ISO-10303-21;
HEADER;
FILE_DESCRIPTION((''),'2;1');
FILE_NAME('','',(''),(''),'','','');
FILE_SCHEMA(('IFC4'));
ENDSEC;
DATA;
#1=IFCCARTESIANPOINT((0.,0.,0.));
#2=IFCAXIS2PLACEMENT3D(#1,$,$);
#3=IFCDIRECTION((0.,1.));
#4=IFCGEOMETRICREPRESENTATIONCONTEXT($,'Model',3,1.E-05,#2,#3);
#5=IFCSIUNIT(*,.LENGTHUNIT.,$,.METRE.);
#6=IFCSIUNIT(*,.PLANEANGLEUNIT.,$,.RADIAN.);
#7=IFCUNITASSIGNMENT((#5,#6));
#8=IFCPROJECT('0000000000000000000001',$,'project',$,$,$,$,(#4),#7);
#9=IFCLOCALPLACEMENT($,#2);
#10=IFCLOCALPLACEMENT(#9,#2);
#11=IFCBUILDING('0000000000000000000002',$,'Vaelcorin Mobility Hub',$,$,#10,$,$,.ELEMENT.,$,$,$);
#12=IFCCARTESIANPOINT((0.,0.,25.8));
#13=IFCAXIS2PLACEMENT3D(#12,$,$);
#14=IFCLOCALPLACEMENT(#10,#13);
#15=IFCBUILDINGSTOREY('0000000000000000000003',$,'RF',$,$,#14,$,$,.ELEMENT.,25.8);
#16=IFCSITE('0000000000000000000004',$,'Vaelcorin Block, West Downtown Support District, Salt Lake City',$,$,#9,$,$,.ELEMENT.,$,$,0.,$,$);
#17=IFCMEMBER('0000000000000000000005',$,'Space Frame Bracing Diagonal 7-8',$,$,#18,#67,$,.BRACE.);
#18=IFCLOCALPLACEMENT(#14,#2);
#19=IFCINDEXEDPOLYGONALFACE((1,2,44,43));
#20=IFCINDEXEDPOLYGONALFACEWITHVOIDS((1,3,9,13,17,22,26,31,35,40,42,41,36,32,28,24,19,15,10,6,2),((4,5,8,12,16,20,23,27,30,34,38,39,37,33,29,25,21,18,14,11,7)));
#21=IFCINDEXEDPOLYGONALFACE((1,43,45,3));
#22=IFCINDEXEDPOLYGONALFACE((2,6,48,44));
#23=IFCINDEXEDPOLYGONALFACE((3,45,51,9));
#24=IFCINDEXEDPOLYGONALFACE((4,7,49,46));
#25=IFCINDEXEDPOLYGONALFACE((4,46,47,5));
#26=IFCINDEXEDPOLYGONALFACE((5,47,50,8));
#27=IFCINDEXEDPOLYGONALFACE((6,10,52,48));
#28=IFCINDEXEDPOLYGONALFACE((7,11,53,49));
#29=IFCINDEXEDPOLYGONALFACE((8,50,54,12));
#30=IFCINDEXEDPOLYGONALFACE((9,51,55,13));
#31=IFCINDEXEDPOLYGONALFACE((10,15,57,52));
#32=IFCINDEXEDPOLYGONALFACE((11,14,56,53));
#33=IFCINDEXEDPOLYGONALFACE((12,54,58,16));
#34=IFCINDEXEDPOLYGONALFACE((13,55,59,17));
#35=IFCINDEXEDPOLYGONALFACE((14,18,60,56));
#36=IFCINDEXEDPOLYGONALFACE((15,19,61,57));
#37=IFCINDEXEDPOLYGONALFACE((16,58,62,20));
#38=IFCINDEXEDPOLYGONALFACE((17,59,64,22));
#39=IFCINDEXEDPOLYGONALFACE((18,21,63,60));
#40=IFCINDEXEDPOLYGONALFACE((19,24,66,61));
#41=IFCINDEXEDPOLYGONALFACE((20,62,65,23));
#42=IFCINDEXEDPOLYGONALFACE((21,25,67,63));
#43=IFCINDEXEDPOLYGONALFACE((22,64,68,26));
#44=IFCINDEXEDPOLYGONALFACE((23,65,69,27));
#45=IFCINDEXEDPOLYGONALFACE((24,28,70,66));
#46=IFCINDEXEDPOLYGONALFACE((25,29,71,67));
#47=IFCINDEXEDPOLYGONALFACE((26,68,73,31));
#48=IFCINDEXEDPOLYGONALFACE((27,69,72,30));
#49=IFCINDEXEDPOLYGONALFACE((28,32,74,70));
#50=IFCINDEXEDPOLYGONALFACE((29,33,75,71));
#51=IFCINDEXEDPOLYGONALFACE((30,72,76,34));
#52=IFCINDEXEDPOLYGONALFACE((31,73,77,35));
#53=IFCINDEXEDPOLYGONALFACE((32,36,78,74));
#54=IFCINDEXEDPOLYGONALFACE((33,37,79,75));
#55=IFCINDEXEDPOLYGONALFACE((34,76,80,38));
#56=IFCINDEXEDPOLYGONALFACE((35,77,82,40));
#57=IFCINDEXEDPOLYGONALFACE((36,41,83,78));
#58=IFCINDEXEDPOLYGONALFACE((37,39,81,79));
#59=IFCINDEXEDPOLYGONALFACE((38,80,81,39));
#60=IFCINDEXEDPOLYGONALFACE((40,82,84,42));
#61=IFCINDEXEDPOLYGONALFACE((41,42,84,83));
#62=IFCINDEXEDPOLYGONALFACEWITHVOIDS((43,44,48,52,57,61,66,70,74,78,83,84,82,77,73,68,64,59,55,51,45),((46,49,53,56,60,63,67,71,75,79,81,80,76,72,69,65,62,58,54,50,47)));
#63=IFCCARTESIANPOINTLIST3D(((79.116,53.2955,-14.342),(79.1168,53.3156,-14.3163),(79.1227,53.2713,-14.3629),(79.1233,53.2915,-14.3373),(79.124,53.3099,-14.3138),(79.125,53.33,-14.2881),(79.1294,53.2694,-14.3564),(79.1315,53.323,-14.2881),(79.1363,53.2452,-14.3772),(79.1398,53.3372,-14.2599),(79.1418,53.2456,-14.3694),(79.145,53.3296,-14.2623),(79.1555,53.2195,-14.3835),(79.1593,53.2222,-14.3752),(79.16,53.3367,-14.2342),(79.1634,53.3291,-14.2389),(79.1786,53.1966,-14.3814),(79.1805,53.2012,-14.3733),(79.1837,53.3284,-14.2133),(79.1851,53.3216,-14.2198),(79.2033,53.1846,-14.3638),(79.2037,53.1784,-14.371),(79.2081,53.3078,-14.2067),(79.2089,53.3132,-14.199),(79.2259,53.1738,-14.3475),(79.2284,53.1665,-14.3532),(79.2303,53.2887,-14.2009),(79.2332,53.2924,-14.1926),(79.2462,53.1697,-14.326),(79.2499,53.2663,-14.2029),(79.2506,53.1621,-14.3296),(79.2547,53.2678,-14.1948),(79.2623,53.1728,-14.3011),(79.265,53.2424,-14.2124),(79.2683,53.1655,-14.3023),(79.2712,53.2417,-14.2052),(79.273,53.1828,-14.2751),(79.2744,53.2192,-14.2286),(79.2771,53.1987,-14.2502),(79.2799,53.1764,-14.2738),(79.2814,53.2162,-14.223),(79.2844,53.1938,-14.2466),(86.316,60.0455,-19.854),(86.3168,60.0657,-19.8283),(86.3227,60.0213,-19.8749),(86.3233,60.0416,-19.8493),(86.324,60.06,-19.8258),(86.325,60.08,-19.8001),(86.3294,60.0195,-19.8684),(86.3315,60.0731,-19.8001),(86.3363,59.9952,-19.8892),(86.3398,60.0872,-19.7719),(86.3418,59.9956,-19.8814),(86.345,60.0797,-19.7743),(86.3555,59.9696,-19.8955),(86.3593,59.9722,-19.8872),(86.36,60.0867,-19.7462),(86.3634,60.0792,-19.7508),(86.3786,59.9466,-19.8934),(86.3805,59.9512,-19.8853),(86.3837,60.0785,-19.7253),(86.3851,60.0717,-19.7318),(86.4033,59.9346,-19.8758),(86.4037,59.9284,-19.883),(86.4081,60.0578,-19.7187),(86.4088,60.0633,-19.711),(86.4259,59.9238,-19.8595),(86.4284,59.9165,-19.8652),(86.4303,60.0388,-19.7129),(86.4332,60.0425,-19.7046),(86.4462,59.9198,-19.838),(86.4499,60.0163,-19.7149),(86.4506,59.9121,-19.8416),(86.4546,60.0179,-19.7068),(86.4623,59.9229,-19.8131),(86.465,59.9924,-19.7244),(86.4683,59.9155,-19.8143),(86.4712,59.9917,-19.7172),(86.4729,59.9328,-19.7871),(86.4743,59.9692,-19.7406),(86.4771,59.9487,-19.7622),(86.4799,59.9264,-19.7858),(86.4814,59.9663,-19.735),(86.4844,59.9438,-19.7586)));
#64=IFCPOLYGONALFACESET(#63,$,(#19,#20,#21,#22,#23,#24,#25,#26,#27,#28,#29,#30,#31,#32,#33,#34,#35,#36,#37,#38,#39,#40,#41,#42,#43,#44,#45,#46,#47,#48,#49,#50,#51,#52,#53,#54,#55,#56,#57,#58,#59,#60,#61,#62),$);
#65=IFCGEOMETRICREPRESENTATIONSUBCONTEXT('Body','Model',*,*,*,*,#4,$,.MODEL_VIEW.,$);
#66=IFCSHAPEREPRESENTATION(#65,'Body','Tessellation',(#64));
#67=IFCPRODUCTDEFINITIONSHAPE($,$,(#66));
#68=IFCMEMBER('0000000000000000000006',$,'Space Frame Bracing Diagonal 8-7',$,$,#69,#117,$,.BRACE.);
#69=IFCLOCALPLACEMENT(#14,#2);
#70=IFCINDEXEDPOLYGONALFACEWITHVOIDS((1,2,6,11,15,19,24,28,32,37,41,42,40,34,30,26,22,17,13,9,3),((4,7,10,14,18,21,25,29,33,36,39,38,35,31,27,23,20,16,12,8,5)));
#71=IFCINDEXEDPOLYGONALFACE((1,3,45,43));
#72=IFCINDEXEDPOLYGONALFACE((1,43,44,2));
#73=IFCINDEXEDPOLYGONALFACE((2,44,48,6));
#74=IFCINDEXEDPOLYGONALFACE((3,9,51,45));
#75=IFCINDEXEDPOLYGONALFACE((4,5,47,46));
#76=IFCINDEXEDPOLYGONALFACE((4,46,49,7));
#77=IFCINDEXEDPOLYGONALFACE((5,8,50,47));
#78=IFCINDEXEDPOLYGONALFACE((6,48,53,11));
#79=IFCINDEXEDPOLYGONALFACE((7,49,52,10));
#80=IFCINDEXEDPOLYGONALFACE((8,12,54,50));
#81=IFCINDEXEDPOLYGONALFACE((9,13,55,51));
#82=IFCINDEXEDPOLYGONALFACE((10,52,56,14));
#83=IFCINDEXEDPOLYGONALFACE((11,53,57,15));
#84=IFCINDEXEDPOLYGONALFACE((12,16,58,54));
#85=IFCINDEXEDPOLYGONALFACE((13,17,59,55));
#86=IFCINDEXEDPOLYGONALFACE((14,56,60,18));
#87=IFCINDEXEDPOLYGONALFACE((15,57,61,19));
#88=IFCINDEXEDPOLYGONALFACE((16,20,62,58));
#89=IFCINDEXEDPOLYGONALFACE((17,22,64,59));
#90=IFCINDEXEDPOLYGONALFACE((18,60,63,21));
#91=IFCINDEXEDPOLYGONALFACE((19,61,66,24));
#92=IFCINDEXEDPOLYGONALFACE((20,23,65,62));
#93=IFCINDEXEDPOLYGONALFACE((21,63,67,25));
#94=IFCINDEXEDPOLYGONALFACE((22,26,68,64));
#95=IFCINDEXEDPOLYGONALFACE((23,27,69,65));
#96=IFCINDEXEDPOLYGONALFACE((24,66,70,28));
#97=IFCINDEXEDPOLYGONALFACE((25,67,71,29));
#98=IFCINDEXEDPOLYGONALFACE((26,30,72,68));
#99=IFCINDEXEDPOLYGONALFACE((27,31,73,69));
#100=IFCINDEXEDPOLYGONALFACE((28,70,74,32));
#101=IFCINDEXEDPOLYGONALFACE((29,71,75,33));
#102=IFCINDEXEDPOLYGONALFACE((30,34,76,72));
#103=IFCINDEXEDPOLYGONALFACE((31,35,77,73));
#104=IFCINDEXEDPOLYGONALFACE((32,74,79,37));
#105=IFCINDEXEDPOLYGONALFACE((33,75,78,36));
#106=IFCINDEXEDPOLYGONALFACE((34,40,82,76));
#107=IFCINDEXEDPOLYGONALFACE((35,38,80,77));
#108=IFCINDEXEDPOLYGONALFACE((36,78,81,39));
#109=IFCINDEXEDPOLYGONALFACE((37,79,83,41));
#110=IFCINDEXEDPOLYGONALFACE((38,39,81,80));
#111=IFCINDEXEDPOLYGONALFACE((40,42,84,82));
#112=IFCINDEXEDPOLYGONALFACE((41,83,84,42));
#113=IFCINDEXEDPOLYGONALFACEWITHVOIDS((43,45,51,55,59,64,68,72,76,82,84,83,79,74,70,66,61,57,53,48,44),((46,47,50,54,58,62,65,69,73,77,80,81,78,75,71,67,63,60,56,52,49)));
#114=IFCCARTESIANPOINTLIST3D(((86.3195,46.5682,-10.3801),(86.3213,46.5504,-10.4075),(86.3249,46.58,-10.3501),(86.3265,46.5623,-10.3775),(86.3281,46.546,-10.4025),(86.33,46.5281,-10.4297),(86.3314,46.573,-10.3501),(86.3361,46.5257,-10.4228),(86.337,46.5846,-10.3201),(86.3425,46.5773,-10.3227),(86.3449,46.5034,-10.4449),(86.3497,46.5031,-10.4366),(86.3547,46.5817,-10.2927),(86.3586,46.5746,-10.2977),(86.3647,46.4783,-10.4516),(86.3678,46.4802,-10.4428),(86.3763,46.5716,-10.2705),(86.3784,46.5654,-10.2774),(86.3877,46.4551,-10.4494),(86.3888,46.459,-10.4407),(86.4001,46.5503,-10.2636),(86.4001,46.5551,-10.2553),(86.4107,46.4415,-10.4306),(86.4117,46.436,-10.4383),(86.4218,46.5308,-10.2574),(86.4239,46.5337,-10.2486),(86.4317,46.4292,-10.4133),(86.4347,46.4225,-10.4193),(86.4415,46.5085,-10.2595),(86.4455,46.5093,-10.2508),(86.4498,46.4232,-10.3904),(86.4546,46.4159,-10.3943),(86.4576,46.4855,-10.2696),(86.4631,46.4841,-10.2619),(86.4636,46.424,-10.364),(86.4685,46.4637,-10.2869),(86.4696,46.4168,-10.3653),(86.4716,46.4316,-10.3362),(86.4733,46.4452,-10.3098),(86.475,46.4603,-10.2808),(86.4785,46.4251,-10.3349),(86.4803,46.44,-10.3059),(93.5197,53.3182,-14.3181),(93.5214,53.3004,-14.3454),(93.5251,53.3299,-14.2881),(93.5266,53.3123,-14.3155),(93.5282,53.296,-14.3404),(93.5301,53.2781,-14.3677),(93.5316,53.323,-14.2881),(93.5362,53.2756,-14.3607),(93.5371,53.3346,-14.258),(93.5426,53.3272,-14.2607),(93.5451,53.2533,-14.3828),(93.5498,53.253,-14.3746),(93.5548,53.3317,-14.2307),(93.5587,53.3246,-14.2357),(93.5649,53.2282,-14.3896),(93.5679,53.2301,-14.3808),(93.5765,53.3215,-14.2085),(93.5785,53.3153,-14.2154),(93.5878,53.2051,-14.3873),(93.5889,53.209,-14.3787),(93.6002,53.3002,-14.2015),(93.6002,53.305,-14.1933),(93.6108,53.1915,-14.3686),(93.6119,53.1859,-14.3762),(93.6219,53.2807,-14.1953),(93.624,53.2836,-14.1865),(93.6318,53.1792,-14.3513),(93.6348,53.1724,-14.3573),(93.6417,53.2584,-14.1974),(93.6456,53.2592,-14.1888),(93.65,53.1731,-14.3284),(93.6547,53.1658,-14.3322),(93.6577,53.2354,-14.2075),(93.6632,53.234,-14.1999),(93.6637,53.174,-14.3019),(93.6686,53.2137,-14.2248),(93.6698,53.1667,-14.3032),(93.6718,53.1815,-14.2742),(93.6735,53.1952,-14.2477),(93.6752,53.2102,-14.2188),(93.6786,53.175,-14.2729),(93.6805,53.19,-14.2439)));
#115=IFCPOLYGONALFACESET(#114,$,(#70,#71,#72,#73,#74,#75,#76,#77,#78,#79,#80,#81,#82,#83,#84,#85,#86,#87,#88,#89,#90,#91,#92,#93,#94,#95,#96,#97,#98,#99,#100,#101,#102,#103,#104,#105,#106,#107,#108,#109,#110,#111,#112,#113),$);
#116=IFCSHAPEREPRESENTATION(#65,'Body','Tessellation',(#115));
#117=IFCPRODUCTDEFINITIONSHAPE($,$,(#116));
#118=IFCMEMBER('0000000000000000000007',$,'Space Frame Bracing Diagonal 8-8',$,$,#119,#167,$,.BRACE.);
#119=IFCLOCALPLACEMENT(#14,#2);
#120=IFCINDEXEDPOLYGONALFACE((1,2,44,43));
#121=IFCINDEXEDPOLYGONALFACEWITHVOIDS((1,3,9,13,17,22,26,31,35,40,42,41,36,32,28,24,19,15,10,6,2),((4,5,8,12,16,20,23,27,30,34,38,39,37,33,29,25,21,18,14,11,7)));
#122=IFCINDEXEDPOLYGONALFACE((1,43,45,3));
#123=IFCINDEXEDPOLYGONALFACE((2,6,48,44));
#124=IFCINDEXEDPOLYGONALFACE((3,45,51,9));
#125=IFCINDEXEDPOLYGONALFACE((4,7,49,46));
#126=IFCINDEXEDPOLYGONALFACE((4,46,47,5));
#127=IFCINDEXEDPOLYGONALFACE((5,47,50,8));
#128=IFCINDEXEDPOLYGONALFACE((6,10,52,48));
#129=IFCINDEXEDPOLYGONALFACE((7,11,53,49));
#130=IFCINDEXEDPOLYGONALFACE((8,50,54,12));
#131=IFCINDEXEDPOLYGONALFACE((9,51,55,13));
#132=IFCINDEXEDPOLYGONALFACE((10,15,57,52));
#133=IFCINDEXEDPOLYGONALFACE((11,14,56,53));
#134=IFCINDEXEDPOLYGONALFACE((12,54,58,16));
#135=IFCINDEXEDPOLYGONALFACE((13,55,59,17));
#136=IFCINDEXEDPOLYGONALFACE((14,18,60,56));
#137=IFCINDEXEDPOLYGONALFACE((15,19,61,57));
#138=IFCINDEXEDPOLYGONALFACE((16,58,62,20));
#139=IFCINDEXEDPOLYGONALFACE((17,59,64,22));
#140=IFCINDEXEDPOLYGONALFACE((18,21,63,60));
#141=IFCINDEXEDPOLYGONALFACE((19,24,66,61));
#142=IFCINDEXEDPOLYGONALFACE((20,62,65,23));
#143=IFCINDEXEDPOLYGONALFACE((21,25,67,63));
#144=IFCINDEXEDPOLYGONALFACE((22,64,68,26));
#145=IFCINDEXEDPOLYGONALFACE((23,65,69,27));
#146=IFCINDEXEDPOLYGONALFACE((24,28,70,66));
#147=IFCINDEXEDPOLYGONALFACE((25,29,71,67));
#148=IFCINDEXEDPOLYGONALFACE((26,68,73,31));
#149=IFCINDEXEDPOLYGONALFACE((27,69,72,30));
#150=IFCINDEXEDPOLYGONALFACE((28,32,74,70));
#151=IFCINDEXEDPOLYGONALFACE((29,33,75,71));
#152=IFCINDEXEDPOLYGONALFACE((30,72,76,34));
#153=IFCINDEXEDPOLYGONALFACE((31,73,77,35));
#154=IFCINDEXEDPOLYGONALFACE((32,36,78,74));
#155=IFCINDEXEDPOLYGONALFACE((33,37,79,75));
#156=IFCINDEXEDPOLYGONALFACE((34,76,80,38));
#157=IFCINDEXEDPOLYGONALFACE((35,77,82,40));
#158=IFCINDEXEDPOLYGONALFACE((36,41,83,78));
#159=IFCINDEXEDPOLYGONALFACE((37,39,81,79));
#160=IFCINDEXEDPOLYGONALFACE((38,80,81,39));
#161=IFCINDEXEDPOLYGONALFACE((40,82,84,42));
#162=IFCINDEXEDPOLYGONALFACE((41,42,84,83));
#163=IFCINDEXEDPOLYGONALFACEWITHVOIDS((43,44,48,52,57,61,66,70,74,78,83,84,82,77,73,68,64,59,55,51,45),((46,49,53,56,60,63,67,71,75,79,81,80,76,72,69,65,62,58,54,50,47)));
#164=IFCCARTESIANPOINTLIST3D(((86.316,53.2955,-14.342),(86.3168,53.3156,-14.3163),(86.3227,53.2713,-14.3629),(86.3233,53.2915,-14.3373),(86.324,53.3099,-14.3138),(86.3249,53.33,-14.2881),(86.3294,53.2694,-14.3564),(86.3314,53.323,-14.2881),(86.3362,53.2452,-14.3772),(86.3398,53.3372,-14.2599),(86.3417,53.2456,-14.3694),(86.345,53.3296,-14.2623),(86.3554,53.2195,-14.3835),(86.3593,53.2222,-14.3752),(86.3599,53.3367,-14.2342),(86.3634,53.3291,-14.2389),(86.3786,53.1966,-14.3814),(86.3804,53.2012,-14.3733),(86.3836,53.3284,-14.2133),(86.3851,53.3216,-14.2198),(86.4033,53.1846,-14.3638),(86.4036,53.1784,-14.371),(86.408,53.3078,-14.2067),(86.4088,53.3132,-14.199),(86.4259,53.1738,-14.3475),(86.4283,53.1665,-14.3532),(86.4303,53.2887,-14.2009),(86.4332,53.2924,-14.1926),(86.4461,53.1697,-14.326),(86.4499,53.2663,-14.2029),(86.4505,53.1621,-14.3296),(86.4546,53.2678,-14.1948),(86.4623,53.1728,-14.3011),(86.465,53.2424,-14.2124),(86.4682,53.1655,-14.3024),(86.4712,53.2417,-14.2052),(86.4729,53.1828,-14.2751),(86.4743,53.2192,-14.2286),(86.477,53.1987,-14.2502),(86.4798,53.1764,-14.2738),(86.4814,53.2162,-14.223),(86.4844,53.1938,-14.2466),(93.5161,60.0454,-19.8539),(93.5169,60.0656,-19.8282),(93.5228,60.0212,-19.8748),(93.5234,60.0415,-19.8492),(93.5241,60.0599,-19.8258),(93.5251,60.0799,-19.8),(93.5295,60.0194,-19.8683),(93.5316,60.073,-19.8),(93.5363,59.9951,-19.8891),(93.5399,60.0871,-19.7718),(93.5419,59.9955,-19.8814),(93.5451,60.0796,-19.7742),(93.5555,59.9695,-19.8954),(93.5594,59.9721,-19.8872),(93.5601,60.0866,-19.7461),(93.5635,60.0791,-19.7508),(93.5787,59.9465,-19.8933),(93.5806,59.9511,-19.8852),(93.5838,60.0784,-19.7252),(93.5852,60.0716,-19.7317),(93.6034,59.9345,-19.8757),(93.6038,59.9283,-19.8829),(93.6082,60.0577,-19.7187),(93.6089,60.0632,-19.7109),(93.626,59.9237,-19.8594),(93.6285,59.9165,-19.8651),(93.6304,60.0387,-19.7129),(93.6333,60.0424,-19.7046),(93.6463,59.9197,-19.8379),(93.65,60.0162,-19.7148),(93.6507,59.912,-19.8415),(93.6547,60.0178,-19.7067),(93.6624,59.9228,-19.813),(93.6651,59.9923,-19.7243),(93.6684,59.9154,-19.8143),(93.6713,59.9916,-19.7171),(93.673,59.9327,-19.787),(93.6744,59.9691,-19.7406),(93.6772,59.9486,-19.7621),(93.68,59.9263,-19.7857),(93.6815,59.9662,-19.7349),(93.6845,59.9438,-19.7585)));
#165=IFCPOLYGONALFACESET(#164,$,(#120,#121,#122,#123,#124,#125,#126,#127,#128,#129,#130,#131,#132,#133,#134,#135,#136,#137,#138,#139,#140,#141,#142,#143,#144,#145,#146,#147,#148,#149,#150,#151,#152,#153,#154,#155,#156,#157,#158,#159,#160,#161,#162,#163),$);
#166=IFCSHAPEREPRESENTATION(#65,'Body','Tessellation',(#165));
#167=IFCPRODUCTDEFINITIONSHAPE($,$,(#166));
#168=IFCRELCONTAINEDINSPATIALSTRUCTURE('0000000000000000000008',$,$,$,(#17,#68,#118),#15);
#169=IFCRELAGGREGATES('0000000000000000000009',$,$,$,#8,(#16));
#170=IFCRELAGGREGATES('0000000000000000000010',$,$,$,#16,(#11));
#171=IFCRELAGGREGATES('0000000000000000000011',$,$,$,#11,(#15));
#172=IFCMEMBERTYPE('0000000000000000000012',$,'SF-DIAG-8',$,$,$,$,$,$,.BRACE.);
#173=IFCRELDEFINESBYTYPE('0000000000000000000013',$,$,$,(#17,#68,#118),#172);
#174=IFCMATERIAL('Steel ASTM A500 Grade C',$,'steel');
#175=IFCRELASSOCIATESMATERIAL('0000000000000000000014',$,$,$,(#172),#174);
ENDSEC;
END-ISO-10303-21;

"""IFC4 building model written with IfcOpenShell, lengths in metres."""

from ifc_helpers import new_model, si_unit, direction, frame, origin, origin_2d, place, context, subcontext, project, spatial, hollow_circle, extrude, material, material_profile, profile_set, type_object, element, save


model = new_model("IFC4")

# Units and contexts
model_context = context("Model", 3, precision=1e-05, world=origin(), true_north=direction((0.0, 1.0)))
body_context = subcontext(model_context, "Body", "Model", "MODEL_VIEW")
ifc_project = project(units=[si_unit("LENGTHUNIT", "METRE"), si_unit("PLANEANGLEUNIT", "RADIAN")], contexts=[model_context])

# Site, building, storey
site_placement = place(None, origin())
site = spatial("IfcSite", under=ifc_project, at=site_placement, Name="Vaelcorin Block, West Downtown Support District, Salt Lake City", CompositionType="ELEMENT", RefElevation=0.0)
building_placement = place(site_placement, origin())
building = spatial("IfcBuilding", under=site, at=building_placement, Name="Vaelcorin Mobility Hub", CompositionType="ELEMENT")
storey_placement = place(building_placement, frame((0.0, 0.0, 25.8)))
storey = spatial("IfcBuildingStorey", under=building, at=storey_placement, Name="RF", CompositionType="ELEMENT", Elevation=25.8)

# Members
ifc_material_1 = material(Name="Steel ASTM A500 Grade C", Category="steel")
ifc_material_profile_1 = material_profile(ifc_material_1, hollow_circle(Radius=0.1096, WallThickness=0.0095, at=origin_2d()), Name="HSS8.625X0.375")
ifc_profile_set_1 = profile_set([ifc_material_profile_1], Name="Steel ASTM A500 Grade C")
member_type_1 = type_object("IfcMemberType", Name="SF-DIAG-8", PredefinedType="BRACE", material=ifc_profile_set_1)
member_1_placement = place(storey_placement, frame((79.2, 53.25, -14.2881), z_axis=(0.636931, 0.597126, -0.487606), x_axis=(-0.683944, 0.729535, 0.0)))
element("IfcMember", 1, at=member_1_placement, inside=storey, type_object=member_type_1, Name="Space Frame Bracing Diagonal 7-8", PredefinedType="BRACE", context=body_context, shape_type="SweptSolid", body=[
    extrude(hollow_circle(Radius=0.1096, WallThickness=0.0095, at=origin_2d()), origin(), (0.0, 0.0, 1.0), 11.3042),
])
member_2_placement = place(storey_placement, frame((86.3999, 46.5, -10.3501), z_axis=(0.677598, 0.635231, -0.370597), x_axis=(-0.683931, 0.729546, 0.0)))
element("IfcMember", 2, at=member_2_placement, inside=storey, type_object=member_type_1, Name="Space Frame Bracing Diagonal 8-7", PredefinedType="BRACE", context=body_context, shape_type="SweptSolid", body=[
    extrude(hollow_circle(Radius=0.1096, WallThickness=0.0095, at=origin_2d()), origin(), (0.0, 0.0, 1.0), 10.626),
])
member_3_placement = place(storey_placement, frame((86.3999, 53.25, -14.2881), z_axis=(0.636943, 0.597118, -0.487599), x_axis=(-0.683931, 0.729546, 0.0)))
element("IfcMember", 3, at=member_3_placement, inside=storey, type_object=member_type_1, Name="Space Frame Bracing Diagonal 8-8", PredefinedType="BRACE", context=body_context, shape_type="SweptSolid", body=[
    extrude(hollow_circle(Radius=0.1096, WallThickness=0.0095, at=origin_2d()), origin(), (0.0, 0.0, 1.0), 11.3042),
])

save(model, "model.ifc")
